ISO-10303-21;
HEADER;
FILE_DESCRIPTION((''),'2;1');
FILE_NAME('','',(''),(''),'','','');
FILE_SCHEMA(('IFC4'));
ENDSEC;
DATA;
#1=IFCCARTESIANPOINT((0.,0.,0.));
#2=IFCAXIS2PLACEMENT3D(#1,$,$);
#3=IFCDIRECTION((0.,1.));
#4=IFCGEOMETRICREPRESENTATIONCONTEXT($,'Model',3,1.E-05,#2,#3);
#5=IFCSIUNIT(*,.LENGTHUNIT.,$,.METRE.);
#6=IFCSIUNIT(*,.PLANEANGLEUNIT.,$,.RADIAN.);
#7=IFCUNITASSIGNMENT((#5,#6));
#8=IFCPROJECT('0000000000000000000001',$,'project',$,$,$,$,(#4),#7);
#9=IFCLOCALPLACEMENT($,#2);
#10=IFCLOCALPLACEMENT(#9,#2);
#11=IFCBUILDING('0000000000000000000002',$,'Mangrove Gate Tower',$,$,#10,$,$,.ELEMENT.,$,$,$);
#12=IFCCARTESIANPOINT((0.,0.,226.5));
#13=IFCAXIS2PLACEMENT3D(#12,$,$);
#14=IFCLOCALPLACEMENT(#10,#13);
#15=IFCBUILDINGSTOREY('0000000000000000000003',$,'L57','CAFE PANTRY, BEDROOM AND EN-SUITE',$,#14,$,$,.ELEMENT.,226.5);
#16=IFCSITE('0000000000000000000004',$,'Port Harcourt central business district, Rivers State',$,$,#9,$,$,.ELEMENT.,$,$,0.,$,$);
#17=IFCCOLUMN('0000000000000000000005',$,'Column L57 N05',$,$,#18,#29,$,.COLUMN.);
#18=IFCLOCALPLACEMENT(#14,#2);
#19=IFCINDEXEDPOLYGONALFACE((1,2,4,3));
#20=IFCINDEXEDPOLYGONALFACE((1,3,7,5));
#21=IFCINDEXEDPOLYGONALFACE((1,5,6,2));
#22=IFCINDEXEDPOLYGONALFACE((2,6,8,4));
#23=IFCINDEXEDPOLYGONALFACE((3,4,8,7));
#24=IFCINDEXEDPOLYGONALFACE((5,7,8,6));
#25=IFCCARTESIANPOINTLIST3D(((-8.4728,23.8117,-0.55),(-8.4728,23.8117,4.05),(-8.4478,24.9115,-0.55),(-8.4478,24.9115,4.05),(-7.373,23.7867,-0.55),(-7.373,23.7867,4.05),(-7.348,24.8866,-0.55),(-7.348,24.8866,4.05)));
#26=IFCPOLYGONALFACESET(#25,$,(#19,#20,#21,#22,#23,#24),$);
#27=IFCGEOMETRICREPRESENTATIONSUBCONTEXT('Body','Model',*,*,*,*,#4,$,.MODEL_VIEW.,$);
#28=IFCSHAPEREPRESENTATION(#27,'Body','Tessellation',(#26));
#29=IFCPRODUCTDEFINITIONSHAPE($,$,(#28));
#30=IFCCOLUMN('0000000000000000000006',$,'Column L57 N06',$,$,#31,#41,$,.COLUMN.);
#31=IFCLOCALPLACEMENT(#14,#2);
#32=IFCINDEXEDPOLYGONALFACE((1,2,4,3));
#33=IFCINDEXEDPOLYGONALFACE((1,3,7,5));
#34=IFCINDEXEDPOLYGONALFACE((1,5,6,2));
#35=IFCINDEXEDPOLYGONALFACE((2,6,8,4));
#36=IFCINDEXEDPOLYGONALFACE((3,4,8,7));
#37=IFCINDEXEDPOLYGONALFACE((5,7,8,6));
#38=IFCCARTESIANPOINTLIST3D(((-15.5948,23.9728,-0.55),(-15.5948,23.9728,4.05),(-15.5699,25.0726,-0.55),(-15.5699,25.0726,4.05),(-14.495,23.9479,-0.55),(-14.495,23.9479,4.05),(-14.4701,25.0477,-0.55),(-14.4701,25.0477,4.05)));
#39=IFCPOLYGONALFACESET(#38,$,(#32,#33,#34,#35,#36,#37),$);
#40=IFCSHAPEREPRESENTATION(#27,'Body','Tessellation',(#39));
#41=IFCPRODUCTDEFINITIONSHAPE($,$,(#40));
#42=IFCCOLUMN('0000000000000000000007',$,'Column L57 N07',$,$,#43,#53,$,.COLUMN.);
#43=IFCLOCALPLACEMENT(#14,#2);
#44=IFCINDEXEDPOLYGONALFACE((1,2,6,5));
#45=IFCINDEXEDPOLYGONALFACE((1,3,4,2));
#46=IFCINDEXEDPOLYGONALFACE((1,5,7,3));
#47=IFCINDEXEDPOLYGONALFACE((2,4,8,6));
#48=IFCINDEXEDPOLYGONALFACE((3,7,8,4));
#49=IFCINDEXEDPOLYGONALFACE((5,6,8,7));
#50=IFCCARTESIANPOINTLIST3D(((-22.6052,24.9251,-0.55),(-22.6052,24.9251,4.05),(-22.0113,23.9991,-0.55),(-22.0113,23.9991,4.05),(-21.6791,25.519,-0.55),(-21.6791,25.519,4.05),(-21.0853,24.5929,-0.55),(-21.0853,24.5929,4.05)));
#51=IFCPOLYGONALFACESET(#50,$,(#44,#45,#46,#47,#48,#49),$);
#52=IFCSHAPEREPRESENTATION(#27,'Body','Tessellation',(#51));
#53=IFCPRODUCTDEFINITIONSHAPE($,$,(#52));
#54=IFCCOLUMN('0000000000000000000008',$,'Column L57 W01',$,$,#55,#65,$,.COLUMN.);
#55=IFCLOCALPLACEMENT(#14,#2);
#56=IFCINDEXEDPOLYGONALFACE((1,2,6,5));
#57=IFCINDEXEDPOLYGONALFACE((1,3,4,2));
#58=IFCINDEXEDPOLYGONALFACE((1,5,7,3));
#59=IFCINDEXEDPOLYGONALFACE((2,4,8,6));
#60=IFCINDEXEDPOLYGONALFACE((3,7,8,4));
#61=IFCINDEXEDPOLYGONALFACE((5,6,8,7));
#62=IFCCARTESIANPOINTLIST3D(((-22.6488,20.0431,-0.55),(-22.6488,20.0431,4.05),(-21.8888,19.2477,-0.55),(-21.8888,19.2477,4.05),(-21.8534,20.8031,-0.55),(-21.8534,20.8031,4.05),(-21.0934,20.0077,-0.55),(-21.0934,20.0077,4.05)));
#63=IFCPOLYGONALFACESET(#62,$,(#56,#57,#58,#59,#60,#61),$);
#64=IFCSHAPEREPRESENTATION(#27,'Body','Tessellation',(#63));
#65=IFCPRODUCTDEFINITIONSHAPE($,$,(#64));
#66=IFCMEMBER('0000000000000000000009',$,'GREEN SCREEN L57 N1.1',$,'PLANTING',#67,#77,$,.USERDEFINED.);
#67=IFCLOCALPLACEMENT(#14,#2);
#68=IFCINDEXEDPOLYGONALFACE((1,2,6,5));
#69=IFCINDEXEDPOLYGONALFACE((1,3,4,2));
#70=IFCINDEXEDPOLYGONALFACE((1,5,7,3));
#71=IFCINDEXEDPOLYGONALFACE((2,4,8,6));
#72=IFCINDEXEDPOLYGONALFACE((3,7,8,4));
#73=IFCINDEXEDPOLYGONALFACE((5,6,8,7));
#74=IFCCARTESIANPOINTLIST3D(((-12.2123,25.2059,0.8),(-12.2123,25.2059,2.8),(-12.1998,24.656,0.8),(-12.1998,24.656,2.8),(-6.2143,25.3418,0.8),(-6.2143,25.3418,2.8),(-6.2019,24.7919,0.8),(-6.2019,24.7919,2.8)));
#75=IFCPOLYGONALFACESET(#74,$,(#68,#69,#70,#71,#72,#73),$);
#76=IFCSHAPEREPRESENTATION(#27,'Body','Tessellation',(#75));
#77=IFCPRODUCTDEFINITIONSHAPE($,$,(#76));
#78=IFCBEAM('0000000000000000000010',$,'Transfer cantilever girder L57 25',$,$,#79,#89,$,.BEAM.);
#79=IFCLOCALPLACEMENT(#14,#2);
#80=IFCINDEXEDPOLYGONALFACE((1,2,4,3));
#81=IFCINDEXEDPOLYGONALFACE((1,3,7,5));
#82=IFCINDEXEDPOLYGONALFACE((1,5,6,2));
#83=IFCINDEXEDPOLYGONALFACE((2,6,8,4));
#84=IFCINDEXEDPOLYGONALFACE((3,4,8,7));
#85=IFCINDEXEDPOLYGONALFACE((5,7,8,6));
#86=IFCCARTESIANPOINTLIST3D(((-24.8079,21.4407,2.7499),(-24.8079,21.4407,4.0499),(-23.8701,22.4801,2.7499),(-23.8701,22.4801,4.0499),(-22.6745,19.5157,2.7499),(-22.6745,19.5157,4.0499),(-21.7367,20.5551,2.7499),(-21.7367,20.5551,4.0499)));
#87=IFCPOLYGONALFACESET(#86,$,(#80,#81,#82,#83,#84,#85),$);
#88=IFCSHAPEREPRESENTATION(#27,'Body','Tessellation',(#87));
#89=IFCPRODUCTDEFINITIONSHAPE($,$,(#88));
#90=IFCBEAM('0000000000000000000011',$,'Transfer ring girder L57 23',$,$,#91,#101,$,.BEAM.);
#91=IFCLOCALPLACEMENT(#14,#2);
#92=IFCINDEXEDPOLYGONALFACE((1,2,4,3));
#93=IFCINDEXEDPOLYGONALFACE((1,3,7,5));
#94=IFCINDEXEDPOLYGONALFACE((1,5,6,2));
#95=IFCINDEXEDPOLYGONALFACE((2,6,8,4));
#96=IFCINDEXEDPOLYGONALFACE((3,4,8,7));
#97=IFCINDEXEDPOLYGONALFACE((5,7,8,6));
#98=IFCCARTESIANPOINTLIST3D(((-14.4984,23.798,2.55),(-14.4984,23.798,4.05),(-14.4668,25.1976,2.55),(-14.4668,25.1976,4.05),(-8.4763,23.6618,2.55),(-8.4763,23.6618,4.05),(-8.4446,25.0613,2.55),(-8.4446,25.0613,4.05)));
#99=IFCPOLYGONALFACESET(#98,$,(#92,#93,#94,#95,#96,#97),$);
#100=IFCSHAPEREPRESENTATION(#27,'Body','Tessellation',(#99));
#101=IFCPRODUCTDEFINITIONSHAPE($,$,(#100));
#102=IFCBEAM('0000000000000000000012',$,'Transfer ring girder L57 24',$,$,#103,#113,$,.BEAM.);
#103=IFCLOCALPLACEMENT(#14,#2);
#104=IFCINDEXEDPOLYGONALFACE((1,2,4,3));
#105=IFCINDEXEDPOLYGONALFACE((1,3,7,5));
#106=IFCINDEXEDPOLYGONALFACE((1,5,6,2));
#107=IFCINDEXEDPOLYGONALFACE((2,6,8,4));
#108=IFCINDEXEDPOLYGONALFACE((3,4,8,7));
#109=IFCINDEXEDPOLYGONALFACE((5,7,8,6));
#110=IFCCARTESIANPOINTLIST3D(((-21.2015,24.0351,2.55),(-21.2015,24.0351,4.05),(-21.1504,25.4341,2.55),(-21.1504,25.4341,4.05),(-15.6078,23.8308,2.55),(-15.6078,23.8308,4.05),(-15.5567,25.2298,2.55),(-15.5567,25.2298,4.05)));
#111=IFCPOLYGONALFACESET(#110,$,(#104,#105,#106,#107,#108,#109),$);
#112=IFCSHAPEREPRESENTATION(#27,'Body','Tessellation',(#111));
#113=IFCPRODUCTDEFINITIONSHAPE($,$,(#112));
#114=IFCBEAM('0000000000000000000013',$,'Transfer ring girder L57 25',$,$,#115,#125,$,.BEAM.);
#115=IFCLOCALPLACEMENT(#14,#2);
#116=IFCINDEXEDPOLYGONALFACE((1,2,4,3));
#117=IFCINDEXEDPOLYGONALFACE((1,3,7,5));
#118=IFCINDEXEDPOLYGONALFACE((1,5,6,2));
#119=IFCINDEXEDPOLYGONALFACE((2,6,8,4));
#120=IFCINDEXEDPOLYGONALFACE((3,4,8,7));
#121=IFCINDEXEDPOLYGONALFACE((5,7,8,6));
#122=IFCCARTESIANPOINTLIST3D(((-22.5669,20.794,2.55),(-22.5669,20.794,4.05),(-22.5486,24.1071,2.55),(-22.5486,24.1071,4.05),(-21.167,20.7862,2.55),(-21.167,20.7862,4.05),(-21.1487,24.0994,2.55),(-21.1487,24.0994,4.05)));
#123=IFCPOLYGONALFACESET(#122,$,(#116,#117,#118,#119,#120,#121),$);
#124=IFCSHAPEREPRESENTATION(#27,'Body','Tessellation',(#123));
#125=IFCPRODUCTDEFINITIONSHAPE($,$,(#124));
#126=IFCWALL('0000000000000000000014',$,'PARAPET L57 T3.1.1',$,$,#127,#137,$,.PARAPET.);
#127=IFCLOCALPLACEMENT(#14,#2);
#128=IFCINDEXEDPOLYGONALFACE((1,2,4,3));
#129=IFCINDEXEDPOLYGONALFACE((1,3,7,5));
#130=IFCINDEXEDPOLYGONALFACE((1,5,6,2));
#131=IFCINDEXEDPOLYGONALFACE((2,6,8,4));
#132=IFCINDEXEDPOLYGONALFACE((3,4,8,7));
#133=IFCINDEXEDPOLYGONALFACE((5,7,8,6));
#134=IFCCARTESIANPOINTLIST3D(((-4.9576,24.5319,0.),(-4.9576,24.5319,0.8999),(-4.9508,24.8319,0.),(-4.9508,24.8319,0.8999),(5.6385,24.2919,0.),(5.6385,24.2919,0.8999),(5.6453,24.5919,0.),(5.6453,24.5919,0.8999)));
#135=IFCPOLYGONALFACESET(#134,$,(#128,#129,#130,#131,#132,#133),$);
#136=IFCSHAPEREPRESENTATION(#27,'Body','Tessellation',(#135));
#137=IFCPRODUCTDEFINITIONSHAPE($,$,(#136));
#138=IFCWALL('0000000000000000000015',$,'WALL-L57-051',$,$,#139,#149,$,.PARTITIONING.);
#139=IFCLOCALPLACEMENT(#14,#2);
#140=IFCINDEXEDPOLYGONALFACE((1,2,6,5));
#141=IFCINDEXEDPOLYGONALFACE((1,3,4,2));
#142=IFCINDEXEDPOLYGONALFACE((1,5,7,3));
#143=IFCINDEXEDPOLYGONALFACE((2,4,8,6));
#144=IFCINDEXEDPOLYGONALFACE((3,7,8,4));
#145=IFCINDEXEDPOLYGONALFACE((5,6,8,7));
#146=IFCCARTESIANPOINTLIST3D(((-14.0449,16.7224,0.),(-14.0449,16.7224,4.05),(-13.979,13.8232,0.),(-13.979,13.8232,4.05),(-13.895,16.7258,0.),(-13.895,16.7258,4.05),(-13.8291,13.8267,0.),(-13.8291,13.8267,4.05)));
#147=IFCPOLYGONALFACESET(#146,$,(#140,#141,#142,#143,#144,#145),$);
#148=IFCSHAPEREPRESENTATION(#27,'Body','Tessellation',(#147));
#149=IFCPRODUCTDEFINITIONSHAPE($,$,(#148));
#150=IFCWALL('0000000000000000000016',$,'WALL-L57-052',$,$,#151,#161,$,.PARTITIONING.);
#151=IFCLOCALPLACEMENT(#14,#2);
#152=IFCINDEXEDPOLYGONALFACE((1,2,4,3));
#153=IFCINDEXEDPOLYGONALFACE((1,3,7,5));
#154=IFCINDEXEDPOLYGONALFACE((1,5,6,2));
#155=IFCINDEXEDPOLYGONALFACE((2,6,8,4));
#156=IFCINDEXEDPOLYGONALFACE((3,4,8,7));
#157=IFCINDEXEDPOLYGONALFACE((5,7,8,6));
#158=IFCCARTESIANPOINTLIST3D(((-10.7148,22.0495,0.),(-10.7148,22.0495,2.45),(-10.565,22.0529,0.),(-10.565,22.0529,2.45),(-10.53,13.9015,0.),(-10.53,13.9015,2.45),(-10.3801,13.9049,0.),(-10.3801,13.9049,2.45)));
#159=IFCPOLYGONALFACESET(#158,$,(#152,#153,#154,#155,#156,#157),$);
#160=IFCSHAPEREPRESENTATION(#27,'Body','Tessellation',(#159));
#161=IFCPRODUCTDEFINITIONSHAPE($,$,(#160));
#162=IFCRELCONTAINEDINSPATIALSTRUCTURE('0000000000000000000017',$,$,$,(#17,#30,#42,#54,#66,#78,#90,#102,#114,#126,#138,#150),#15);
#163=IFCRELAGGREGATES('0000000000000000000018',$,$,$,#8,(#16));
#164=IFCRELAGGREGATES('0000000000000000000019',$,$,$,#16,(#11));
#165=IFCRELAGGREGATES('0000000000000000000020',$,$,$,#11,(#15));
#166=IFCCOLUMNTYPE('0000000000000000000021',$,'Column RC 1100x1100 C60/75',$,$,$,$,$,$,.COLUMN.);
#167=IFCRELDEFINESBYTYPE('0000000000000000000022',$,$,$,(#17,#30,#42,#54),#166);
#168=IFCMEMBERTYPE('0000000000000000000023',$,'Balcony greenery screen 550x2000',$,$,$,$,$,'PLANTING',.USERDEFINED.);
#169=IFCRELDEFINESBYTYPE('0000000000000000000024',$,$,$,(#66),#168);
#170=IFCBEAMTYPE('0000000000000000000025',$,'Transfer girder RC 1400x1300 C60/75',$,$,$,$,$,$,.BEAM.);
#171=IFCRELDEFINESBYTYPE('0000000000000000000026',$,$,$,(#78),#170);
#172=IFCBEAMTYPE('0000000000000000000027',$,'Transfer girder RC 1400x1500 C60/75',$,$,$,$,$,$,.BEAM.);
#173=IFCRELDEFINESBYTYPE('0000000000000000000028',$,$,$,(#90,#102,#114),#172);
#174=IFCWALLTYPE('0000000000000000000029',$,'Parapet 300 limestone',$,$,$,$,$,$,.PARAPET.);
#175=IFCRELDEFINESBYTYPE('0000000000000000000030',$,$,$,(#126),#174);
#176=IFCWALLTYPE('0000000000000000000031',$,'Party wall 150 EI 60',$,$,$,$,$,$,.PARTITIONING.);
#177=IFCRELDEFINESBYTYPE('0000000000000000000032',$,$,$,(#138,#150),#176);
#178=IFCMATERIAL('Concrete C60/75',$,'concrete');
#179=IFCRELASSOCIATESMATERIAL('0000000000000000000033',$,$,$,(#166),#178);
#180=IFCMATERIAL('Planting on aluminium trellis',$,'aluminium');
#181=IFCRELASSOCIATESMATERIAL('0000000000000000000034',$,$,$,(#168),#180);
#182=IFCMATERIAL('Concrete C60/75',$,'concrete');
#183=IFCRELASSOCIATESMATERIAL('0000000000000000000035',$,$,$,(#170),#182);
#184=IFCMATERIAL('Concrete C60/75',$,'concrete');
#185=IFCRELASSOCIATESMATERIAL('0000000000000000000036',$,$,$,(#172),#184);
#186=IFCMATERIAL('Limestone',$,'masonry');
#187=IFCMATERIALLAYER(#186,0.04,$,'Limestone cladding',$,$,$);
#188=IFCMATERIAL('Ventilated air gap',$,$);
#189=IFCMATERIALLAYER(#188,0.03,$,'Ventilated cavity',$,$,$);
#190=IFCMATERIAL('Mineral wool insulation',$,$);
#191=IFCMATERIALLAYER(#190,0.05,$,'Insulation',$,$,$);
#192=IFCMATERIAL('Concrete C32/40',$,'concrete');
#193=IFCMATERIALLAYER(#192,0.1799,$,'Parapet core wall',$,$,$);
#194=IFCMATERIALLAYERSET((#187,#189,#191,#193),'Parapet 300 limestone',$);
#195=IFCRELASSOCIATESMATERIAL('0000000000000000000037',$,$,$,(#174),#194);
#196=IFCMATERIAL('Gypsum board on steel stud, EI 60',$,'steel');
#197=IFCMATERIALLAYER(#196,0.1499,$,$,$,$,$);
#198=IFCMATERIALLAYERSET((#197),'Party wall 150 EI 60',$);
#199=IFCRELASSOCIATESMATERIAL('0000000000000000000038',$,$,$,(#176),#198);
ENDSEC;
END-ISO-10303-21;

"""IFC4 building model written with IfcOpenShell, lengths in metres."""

from ifc_helpers import new_model, si_unit, direction, frame, frame_2d, origin, origin_2d, place, context, subcontext, project, spatial, rectangle, extrude, material, layer, layer_set, material_profile, profile_set, type_object, element, save


model = new_model("IFC4")

# Units and contexts
model_context = context("Model", 3, precision=1e-05, world=origin(), true_north=direction((0.0, 1.0)))
body_context = subcontext(model_context, "Body", "Model", "MODEL_VIEW")
ifc_project = project(units=[si_unit("LENGTHUNIT", "METRE"), si_unit("PLANEANGLEUNIT", "RADIAN")], contexts=[model_context])

# Site, building, storey
site_placement = place(None, origin())
site = spatial("IfcSite", under=ifc_project, at=site_placement, Name="Port Harcourt central business district, Rivers State", CompositionType="ELEMENT", RefElevation=0.0)
building_placement = place(site_placement, origin())
building = spatial("IfcBuilding", under=site, at=building_placement, Name="Mangrove Gate Tower", CompositionType="ELEMENT")
storey_placement = place(building_placement, frame((0.0, 0.0, 226.5)))
storey = spatial("IfcBuildingStorey", under=building, at=storey_placement, Name="L57", Description="CAFE PANTRY, BEDROOM AND EN-SUITE", CompositionType="ELEMENT", Elevation=226.5)

# Columns
ifc_material_1 = material(Name="Concrete C60/75", Category="concrete")
ifc_material_profile_1 = material_profile(ifc_material_1, rectangle(XDim=1.1001, YDim=1.1001, at=origin_2d()))
ifc_profile_set_1 = profile_set([ifc_material_profile_1], Name="Concrete C60/75")
column_type = type_object("IfcColumnType", Name="Column RC 1100x1100 C60/75", PredefinedType="COLUMN", material=ifc_profile_set_1)
for number, where, z_axis, x_axis, name in (
    (1, (-7.9104, 24.3491, -0.55), (0.0, 0.0, 1.0), (-0.999743, 0.02267, 0.0), "Column L57 N05"),
    (2, (-15.0325, 24.5103, -0.55), (0.0, 0.0, 1.0), (-0.999743, 0.02267, 0.0), "Column L57 N06"),
    (3, (-21.8452, 24.759, -0.55), (0.0, 0.0, 1.0), (-0.841787, -0.53981, 0.0), "Column L57 N07"),
    (4, (-21.8711, 20.0254, -0.55), (0.0, 0.0, 1.0), (-0.722981, -0.690868, 0.0), "Column L57 W01"),
):
    element("IfcColumn", number, at=place(storey_placement, frame(where, z_axis=z_axis, x_axis=x_axis)), inside=storey, type_object=column_type, Name=name, PredefinedType="COLUMN", context=body_context, shape_type="SweptSolid", body=[
        extrude(rectangle(XDim=1.1001, YDim=1.1001, at=origin_2d()), origin(), (0.0, 0.0, 1.0), 4.6001),
    ])

# Member
ifc_material_2 = material(Name="Planting on aluminium trellis", Category="aluminium")
ifc_material_profile_2 = material_profile(ifc_material_2, rectangle(XDim=0.55, YDim=2.0, at=origin_2d()))
ifc_profile_set_2 = profile_set([ifc_material_profile_2], Name="Planting on aluminium trellis")
member_type = type_object("IfcMemberType", Name="Balcony greenery screen 550x2000", ElementType="PLANTING", PredefinedType="USERDEFINED", material=ifc_profile_set_2)
member_placement = place(storey_placement, frame((-12.2061, 24.9309, 1.8), z_axis=(0.999743, 0.022666, 0.0), x_axis=(-0.022666, 0.999743, 0.0)))
element("IfcMember", 5, at=member_placement, inside=storey, type_object=member_type, Name="GREEN SCREEN L57 N1.1", ObjectType="PLANTING", PredefinedType="USERDEFINED", context=body_context, shape_type="SweptSolid", body=[
    extrude(rectangle(XDim=0.55, YDim=2.0, at=origin_2d()), origin(), (0.0, 0.0, 1.0), 5.9995),
])

# Beams
ifc_material_3 = material(Name="Concrete C60/75", Category="concrete")
ifc_material_profile_3 = material_profile(ifc_material_3, rectangle(XDim=1.3999, YDim=1.3, at=origin_2d()))
ifc_profile_set_3 = profile_set([ifc_material_profile_3], Name="Concrete C60/75")
beam_type_1 = type_object("IfcBeamType", Name="Transfer girder RC 1400x1300 C60/75", PredefinedType="BEAM", material=ifc_profile_set_3)
beam_1_placement = place(storey_placement, frame((-22.2056, 20.0354, 3.3999), z_axis=(-0.742453, 0.669898, 0.0), x_axis=(-0.669898, -0.742453, 0.0)))
element("IfcBeam", 6, at=beam_1_placement, inside=storey, type_object=beam_type_1, Name="Transfer cantilever girder L57 25", PredefinedType="BEAM", context=body_context, shape_type="SweptSolid", body=[
    extrude(rectangle(XDim=1.3999, YDim=1.3, at=origin_2d()), origin(), (0.0, 0.0, 1.0), 2.8735),
])
ifc_material_4 = material(Name="Concrete C60/75", Category="concrete")
ifc_material_profile_4 = material_profile(ifc_material_4, rectangle(XDim=1.3999, YDim=1.5, at=origin_2d()))
ifc_profile_set_4 = profile_set([ifc_material_profile_4], Name="Concrete C60/75")
beam_type_2 = type_object("IfcBeamType", Name="Transfer girder RC 1400x1500 C60/75", PredefinedType="BEAM", material=ifc_profile_set_4)
beam_2_placement = place(storey_placement, frame((-8.4604, 24.3616, 3.3), z_axis=(-0.999744, 0.022616, 0.0), x_axis=(-0.022616, -0.999744, 0.0)))
element("IfcBeam", 7, at=beam_2_placement, inside=storey, type_object=beam_type_2, Name="Transfer ring girder L57 23", PredefinedType="BEAM", context=body_context, shape_type="SweptSolid", body=[
    extrude(rectangle(XDim=1.3999, YDim=1.5, at=origin_2d()), origin(), (0.0, 0.0, 1.0), 6.0237),
])
beam_3_placement = place(storey_placement, frame((-15.5823, 24.5303, 3.3), z_axis=(-0.999333, 0.036507, 0.0), x_axis=(-0.036507, -0.999333, 0.0)))
element("IfcBeam", 8, at=beam_3_placement, inside=storey, type_object=beam_type_2, Name="Transfer ring girder L57 24", PredefinedType="BEAM", context=body_context, shape_type="SweptSolid", body=[
    extrude(rectangle(XDim=1.3999, YDim=1.5, at=origin_2d()), origin(), (0.0, 0.0, 1.0), 5.5974),
])
beam_4_placement = place(storey_placement, frame((-21.8486, 24.1033, 3.3), z_axis=(-0.005526, -0.999985, 0.0), x_axis=(0.999985, -0.005526, 0.0)))
element("IfcBeam", 9, at=beam_4_placement, inside=storey, type_object=beam_type_2, Name="Transfer ring girder L57 25", PredefinedType="BEAM", context=body_context, shape_type="SweptSolid", body=[
    extrude(rectangle(XDim=1.3999, YDim=1.5, at=origin_2d()), origin(), (0.0, 0.0, 1.0), 3.3132),
])

# Walls
ifc_material_5 = material(Name="Limestone", Category="masonry")
ifc_layer_1 = layer(ifc_material_5, 0.04, Name="Limestone cladding")
ifc_material_6 = material(Name="Ventilated air gap")
ifc_layer_2 = layer(ifc_material_6, 0.03, Name="Ventilated cavity")
ifc_material_7 = material(Name="Mineral wool insulation")
ifc_layer_3 = layer(ifc_material_7, 0.05, Name="Insulation")
ifc_material_8 = material(Name="Concrete C32/40", Category="concrete")
ifc_layer_4 = layer(ifc_material_8, 0.1799, Name="Parapet core wall")
ifc_layer_set_1 = layer_set([ifc_layer_1, ifc_layer_2, ifc_layer_3, ifc_layer_4], Name="Parapet 300 limestone")
wall_type_1 = type_object("IfcWallType", Name="Parapet 300 limestone", PredefinedType="PARAPET", material=ifc_layer_set_1)
wall_1_placement = place(storey_placement, frame((-4.9541, 24.6819, 0.0), z_axis=(0.0, 0.0, 1.0), x_axis=(0.999744, -0.022643, 0.0)))
element("IfcWall", 10, at=wall_1_placement, inside=storey, type_object=wall_type_1, Name="PARAPET L57 T3.1.1", PredefinedType="PARAPET", context=body_context, shape_type="SweptSolid", body=[
    extrude(rectangle(XDim=10.5989, YDim=0.3, at=frame_2d((5.2993, 0.0))), origin(), (0.0, 0.0, 1.0), 0.8999),
])
ifc_material_9 = material(Name="Gypsum board on steel stud, EI 60", Category="steel")
ifc_layer_5 = layer(ifc_material_9, 0.1499)
ifc_layer_set_2 = layer_set([ifc_layer_5], Name="Party wall 150 EI 60")
wall_type_2 = type_object("IfcWallType", Name="Party wall 150 EI 60", PredefinedType="PARTITIONING", material=ifc_layer_set_2)
wall_2_placement = place(storey_placement, frame((-13.9041, 13.825, 0.0), z_axis=(0.0, 0.0, 1.0), x_axis=(-0.022731, 0.999742, 0.0)))
element("IfcWall", 11, at=wall_2_placement, inside=storey, type_object=wall_type_2, Name="WALL-L57-051", PredefinedType="PARTITIONING", context=body_context, shape_type="SweptSolid", body=[
    extrude(rectangle(XDim=2.8999, YDim=0.1499, at=frame_2d((1.45, 0.0))), origin(), (0.0, 0.0, 1.0), 4.05),
])
wall_3_placement = place(storey_placement, frame((-10.4551, 13.9031, 0.0), z_axis=(0.0, 0.0, 1.0), x_axis=(-0.022676, 0.999743, 0.0)))
element("IfcWall", 12, at=wall_3_placement, inside=storey, type_object=wall_type_2, Name="WALL-L57-052", PredefinedType="PARTITIONING", context=body_context, shape_type="SweptSolid", body=[
    extrude(rectangle(XDim=8.1501, YDim=0.1499, at=frame_2d((4.0752, 0.0))), origin(), (0.0, 0.0, 1.0), 2.45),
])

save(model, "model.ifc")
